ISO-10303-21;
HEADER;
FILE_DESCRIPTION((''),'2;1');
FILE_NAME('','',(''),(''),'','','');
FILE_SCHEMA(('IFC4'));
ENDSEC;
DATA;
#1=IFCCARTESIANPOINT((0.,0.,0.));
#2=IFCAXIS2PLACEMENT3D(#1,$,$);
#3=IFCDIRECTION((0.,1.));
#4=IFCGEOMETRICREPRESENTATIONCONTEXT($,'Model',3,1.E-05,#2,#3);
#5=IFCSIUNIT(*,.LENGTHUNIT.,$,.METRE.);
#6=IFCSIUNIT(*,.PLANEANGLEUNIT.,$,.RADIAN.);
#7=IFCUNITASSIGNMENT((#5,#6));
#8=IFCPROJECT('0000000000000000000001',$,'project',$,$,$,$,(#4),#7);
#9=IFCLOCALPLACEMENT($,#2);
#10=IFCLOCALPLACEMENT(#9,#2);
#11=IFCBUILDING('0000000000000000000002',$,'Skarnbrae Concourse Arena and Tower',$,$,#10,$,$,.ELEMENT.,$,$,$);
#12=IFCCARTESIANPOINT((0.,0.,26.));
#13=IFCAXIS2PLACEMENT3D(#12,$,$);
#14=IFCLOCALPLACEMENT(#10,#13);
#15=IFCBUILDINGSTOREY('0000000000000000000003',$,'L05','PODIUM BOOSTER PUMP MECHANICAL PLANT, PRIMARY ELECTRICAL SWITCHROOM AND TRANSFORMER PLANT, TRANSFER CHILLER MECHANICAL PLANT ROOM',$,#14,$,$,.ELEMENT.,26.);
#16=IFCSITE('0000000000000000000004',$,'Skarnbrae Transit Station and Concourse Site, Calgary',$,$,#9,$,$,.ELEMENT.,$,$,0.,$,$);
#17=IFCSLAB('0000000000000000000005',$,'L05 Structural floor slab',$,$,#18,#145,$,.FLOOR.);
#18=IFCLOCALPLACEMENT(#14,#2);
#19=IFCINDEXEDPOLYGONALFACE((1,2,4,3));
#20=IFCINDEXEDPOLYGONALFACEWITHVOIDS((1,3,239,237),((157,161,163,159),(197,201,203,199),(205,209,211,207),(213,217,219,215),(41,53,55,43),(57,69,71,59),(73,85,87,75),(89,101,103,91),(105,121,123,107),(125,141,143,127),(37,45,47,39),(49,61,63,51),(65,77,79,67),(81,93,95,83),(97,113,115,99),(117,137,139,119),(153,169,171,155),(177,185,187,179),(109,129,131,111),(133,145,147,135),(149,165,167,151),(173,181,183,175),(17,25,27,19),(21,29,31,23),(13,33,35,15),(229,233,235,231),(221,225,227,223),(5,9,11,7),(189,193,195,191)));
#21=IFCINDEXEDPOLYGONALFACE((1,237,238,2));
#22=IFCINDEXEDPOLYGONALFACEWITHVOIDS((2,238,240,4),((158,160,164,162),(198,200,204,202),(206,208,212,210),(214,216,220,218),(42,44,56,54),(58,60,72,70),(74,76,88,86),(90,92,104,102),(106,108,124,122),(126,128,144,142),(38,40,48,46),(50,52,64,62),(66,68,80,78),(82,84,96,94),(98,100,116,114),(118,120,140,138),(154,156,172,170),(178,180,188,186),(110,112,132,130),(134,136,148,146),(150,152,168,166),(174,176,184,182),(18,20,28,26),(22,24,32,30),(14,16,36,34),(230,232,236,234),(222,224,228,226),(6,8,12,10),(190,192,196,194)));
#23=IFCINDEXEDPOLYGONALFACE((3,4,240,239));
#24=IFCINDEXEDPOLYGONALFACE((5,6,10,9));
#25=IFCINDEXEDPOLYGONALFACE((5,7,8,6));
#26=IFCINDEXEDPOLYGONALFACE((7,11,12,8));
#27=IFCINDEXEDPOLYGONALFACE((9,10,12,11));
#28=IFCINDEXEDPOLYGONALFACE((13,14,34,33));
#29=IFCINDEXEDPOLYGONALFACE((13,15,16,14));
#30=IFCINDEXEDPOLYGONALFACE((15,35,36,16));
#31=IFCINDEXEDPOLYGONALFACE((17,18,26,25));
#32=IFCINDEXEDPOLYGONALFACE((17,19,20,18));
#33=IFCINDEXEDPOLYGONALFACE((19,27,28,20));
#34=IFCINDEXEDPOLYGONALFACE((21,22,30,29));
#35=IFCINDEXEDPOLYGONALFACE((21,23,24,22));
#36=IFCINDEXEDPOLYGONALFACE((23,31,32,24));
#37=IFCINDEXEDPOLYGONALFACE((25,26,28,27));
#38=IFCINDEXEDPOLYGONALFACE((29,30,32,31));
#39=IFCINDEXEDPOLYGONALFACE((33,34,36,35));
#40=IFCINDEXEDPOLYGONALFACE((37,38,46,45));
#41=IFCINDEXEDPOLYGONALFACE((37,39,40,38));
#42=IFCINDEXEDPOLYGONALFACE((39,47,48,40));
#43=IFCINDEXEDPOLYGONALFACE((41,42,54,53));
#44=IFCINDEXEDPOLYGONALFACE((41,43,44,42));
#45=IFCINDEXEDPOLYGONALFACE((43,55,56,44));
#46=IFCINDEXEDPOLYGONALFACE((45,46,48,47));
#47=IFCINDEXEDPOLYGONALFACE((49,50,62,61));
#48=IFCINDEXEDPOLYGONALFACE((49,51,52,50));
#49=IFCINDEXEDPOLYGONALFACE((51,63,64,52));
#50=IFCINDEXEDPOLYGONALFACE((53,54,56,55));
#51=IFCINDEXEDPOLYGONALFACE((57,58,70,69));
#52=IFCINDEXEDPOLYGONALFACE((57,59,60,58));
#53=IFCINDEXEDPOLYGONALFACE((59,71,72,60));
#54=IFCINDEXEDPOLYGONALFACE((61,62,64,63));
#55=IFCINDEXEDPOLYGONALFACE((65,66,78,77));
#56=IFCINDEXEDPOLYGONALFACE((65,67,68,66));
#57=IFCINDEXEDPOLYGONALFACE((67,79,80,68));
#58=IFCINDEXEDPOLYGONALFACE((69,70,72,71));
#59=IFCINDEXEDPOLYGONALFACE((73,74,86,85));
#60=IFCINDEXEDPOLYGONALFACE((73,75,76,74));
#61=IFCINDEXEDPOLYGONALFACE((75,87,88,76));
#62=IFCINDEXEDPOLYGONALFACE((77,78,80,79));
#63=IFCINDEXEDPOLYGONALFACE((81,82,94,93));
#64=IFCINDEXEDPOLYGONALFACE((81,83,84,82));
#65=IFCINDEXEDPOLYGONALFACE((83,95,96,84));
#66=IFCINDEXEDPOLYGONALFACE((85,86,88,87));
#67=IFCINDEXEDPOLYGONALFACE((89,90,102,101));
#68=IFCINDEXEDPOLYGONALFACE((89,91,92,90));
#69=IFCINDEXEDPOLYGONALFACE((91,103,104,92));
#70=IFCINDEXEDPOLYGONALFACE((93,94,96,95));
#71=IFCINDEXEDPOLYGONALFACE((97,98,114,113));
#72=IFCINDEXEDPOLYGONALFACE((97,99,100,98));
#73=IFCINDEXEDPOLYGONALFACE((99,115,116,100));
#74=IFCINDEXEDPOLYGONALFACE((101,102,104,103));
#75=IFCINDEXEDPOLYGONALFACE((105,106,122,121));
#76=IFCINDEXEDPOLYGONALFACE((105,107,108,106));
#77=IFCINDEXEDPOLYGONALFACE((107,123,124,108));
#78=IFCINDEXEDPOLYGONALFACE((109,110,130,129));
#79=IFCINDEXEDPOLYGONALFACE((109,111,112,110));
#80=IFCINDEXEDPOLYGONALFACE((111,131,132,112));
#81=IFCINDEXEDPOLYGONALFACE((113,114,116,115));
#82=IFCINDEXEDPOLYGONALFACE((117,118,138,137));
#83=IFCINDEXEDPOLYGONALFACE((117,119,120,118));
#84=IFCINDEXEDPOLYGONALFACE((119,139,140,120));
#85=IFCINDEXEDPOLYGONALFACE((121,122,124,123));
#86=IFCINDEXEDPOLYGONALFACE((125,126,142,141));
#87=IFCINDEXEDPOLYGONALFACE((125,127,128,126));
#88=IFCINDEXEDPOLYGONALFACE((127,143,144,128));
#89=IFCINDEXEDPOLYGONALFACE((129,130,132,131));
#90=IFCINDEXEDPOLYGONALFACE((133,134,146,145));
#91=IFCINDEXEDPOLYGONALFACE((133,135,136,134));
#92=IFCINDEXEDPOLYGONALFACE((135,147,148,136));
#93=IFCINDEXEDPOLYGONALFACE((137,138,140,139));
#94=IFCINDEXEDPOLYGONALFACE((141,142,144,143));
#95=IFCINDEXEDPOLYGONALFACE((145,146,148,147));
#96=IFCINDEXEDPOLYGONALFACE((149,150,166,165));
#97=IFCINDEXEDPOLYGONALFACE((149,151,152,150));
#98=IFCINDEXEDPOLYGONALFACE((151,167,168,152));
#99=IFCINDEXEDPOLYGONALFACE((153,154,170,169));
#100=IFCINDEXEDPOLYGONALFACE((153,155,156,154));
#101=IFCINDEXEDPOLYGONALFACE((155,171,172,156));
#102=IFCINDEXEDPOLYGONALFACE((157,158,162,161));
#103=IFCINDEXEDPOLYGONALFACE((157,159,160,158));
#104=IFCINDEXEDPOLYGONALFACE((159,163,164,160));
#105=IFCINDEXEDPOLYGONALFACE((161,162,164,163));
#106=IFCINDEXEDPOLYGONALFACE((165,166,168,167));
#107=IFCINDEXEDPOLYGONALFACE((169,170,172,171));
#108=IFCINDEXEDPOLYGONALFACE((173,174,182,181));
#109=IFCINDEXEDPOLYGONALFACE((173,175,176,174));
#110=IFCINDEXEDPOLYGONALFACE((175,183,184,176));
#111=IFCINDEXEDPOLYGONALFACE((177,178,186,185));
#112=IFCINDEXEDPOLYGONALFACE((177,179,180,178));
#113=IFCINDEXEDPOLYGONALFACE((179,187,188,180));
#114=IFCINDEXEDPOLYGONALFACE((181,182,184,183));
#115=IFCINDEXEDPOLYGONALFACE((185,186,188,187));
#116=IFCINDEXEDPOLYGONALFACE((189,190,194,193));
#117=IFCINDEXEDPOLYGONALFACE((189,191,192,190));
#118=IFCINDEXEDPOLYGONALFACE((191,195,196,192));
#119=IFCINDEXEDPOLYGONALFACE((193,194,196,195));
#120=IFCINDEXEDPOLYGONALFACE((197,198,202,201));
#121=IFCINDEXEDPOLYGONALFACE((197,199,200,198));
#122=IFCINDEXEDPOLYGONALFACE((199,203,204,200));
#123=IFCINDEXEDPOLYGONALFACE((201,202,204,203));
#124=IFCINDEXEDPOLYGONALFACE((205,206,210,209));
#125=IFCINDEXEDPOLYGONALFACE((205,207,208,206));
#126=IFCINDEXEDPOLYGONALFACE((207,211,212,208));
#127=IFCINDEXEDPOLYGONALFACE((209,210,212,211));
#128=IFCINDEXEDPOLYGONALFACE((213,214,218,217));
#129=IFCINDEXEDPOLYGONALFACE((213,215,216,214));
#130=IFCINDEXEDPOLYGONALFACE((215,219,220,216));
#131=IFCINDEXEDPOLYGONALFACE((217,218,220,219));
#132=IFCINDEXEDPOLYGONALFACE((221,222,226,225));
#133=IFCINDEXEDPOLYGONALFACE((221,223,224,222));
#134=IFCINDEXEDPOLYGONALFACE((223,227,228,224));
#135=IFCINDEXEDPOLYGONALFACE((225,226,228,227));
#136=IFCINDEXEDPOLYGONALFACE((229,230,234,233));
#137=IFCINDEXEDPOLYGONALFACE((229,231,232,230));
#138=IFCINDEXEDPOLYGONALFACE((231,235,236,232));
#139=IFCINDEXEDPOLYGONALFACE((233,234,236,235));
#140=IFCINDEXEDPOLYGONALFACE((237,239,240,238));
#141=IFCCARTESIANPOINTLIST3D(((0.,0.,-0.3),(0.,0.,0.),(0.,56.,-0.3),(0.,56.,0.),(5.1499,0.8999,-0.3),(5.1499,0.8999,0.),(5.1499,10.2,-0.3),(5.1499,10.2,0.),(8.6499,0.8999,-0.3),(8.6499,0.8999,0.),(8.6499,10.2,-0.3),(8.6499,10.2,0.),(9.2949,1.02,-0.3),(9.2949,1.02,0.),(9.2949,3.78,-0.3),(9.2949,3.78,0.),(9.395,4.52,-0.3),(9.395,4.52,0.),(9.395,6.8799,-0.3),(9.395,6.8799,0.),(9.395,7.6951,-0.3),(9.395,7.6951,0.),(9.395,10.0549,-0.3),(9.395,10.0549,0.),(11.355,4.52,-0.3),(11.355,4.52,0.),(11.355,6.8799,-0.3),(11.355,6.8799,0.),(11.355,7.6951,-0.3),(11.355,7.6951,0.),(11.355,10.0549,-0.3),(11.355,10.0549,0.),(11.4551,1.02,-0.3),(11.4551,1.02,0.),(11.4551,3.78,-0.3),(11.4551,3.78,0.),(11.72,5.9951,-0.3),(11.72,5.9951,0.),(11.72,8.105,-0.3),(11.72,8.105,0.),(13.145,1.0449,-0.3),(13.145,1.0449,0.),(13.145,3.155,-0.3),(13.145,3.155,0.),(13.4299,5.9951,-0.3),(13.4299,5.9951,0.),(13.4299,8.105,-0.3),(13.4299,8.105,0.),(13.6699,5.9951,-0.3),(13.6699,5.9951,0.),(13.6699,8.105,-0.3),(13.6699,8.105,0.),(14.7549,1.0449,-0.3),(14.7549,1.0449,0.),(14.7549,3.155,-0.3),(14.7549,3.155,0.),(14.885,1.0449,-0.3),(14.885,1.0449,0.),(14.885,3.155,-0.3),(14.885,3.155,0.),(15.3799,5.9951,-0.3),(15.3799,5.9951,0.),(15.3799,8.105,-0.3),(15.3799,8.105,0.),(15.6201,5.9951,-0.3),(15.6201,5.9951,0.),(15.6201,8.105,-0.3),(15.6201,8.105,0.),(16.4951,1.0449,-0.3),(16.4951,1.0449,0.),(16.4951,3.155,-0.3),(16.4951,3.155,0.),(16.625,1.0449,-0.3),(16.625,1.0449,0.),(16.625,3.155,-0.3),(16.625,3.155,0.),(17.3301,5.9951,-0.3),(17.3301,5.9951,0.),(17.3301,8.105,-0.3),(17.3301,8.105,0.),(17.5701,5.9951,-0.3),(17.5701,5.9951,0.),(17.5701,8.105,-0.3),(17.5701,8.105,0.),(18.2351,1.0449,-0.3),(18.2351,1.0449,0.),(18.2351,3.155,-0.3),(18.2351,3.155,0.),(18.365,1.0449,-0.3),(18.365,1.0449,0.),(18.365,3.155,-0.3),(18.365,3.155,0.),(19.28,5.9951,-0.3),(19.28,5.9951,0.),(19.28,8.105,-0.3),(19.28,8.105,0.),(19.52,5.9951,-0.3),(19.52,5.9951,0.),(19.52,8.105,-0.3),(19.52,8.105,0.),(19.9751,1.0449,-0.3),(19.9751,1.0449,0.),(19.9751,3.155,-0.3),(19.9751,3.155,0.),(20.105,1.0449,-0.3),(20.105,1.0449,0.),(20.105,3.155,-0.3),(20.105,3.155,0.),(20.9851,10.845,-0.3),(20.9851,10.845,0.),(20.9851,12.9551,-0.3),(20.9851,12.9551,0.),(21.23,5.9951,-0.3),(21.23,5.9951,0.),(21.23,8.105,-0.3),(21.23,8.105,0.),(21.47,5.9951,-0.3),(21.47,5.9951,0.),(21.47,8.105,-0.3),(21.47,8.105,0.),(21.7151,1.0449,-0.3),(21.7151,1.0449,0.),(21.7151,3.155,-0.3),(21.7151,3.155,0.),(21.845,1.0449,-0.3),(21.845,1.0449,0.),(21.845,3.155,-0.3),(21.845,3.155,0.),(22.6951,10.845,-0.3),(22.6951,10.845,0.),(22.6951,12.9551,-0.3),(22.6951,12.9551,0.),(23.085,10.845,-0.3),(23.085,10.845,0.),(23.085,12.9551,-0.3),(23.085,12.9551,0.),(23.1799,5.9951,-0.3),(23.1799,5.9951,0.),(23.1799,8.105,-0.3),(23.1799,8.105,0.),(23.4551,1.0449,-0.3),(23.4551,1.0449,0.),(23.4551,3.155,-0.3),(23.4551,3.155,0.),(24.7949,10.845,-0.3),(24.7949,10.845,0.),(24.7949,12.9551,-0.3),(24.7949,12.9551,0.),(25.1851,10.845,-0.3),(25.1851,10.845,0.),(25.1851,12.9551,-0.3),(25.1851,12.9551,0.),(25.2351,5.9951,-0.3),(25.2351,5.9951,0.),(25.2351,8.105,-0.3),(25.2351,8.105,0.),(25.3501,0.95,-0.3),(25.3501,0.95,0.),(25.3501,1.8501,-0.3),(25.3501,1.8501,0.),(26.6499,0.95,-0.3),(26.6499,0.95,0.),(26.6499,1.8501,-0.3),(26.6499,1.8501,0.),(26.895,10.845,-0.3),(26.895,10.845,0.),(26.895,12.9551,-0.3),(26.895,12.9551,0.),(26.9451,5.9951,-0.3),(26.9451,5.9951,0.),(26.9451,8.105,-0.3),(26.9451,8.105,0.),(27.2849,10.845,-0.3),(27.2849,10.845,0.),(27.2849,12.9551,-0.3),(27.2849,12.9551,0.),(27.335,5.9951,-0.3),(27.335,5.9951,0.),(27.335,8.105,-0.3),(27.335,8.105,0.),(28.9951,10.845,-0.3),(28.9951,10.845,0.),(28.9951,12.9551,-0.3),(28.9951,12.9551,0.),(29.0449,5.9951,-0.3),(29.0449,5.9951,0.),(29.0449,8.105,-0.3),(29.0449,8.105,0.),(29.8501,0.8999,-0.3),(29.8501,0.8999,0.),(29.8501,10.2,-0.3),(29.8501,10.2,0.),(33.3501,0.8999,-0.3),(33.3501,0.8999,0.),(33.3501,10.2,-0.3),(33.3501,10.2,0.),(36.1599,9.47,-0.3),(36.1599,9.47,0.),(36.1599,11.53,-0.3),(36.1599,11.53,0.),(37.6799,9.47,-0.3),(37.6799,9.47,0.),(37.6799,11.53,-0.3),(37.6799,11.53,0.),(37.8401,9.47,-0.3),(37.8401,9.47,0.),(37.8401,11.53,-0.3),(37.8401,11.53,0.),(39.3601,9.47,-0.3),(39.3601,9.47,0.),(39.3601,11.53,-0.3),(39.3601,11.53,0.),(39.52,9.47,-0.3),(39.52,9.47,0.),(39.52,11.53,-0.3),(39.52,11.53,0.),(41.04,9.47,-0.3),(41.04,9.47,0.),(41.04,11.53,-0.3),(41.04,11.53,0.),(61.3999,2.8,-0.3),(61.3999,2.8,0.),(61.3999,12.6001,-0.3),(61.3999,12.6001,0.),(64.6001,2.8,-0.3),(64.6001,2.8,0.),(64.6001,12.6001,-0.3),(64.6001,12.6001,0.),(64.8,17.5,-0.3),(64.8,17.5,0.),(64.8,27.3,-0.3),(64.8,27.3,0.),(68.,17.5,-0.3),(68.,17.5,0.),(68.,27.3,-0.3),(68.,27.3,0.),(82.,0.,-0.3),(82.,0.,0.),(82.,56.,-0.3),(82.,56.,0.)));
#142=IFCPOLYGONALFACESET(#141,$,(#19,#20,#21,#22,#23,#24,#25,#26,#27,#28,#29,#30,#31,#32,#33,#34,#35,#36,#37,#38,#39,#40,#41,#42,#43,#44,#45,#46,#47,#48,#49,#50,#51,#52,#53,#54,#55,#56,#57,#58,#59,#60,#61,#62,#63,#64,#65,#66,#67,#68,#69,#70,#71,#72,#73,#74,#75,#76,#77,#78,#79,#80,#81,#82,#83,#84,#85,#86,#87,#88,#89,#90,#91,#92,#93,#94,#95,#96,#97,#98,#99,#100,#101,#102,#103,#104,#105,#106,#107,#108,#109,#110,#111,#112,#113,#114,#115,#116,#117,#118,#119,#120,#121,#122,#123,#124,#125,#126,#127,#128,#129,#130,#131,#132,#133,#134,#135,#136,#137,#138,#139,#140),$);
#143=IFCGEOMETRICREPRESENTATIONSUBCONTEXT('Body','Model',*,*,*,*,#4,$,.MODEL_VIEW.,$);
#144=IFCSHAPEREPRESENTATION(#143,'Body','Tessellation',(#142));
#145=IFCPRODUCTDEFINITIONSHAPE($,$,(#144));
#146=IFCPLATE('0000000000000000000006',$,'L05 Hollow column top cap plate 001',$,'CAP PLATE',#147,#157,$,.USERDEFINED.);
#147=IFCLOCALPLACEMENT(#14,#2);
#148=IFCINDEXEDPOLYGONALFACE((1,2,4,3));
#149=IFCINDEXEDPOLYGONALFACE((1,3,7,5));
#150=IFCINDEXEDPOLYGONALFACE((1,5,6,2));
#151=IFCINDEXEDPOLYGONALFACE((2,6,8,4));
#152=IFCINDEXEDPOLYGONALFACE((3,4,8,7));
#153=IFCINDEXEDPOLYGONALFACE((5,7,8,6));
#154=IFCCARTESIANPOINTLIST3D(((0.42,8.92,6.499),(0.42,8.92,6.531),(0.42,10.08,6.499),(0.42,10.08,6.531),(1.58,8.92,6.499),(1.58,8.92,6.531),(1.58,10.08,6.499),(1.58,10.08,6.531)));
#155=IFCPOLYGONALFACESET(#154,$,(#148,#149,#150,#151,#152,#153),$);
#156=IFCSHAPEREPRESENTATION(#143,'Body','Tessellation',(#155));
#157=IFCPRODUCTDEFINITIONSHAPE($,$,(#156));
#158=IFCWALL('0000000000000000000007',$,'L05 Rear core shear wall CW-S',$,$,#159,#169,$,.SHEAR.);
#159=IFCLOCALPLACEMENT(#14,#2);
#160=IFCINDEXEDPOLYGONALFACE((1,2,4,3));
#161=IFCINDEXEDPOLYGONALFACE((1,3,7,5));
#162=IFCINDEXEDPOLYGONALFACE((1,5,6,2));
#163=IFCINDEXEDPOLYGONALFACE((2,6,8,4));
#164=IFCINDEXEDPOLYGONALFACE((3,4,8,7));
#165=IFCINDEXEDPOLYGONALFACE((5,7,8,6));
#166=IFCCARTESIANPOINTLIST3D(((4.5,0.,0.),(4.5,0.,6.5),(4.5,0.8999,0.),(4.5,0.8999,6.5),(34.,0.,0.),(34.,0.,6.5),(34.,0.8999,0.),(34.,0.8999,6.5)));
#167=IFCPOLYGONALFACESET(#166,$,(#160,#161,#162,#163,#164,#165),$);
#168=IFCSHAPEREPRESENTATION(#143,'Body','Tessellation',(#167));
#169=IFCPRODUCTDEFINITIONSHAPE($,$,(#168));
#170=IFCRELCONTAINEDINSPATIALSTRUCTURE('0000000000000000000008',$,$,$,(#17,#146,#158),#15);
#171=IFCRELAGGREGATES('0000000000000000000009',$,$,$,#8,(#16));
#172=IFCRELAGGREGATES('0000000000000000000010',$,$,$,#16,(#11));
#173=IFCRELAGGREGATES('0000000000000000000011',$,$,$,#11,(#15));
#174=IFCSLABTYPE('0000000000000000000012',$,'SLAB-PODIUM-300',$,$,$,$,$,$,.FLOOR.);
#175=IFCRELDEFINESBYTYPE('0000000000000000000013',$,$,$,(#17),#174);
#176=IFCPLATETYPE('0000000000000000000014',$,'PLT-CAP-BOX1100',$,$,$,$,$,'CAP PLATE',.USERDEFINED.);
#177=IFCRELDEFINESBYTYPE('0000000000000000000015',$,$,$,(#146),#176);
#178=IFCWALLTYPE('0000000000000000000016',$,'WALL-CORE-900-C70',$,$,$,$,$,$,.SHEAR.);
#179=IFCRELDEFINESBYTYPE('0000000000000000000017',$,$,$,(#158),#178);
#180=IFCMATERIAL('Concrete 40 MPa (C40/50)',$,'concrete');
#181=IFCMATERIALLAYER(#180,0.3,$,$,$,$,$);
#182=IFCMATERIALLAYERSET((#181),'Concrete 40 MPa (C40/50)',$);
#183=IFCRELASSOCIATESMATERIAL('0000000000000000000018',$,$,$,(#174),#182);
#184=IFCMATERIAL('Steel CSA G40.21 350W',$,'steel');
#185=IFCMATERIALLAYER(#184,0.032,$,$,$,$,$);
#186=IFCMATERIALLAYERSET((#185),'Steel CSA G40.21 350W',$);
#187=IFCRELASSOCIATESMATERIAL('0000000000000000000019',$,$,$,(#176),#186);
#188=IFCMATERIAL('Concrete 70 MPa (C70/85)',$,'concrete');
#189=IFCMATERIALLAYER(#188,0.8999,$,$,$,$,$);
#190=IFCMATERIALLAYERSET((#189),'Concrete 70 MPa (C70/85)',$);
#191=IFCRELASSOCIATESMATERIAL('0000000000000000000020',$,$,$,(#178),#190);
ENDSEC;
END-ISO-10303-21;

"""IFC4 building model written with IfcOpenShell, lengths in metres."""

from ifc_helpers import new_model, si_unit, direction, frame, frame_2d, origin, origin_2d, place, context, subcontext, project, spatial, polyline, rectangle, outline, extrude, source, transform, mapped, material, layer, layer_set, type_object, element, save


model = new_model("IFC4")

# Units and contexts
model_context = context("Model", 3, precision=1e-05, world=origin(), true_north=direction((0.0, 1.0)))
body_context = subcontext(model_context, "Body", "Model", "MODEL_VIEW")
ifc_project = project(units=[si_unit("LENGTHUNIT", "METRE"), si_unit("PLANEANGLEUNIT", "RADIAN")], contexts=[model_context])

# Site, building, storey
site_placement = place(None, origin())
site = spatial("IfcSite", under=ifc_project, at=site_placement, Name="Skarnbrae Transit Station and Concourse Site, Calgary", CompositionType="ELEMENT", RefElevation=0.0)
building_placement = place(site_placement, origin())
building = spatial("IfcBuilding", under=site, at=building_placement, Name="Skarnbrae Concourse Arena and Tower", CompositionType="ELEMENT")
storey_placement = place(building_placement, frame((0.0, 0.0, 26.0)))
storey = spatial("IfcBuildingStorey", under=building, at=storey_placement, Name="L05", Description="PODIUM BOOSTER PUMP MECHANICAL PLANT, PRIMARY ELECTRICAL SWITCHROOM AND TRANSFORMER PLANT, TRANSFER CHILLER MECHANICAL PLANT ROOM", CompositionType="ELEMENT", Elevation=26.0)

# Shared definitions
ifc_material_1 = material(Name="Steel CSA G40.21 350W", Category="steel")

# Shared definitions
ifc_material_2 = material(Name="Concrete 40 MPa (C40/50)", Category="concrete")

# Slab
ifc_layer_1 = layer(ifc_material_2, 0.3)
ifc_layer_set_1 = layer_set([ifc_layer_1], Name="Concrete 40 MPa (C40/50)")
slab_type_1 = type_object("IfcSlabType", Name="SLAB-PODIUM-300", PredefinedType="FLOOR", material=ifc_layer_set_1)
slab_1_placement = place(storey_placement, frame((0.0, 0.0, -0.3)))
element("IfcSlab", 1, at=slab_1_placement, inside=storey, type_object=slab_type_1, Name="L05 Structural floor slab", PredefinedType="FLOOR", context=body_context, shape_type="SweptSolid", body=[
    extrude(outline(polyline([(0.0, 0.0), (82.0, 0.0), (82.0, 56.0), (0.0, 56.0), (0.0, 0.0)]), holes=[polyline([(13.145, 3.155), (14.7549, 3.155), (14.7549, 1.0449), (13.145, 1.0449), (13.145, 3.155)]), polyline([(16.4951, 3.155), (16.4951, 1.0449), (14.885, 1.0449), (14.885, 3.155), (16.4951, 3.155)]), polyline([(18.2351, 3.155), (18.2351, 1.0449), (16.625, 1.0449), (16.625, 3.155), (18.2351, 3.155)]), polyline([(19.9751, 3.155), (19.9751, 1.0449), (18.365, 1.0449), (18.365, 3.155), (19.9751, 3.155)]), polyline([(21.7151, 3.155), (21.7151, 1.0449), (20.105, 1.0449), (20.105, 3.155), (21.7151, 3.155)]), polyline([(11.4551, 3.78), (11.4551, 1.02), (9.2949, 1.02), (9.2949, 3.78), (11.4551, 3.78)]), polyline([(8.6499, 0.8999), (5.1499, 0.8999), (5.1499, 10.2), (8.6499, 10.2), (8.6499, 0.8999)]), polyline([(9.395, 6.8799), (11.355, 6.8799), (11.355, 4.52), (9.395, 4.52), (9.395, 6.8799)]), polyline([(13.4299, 8.105), (13.4299, 5.9951), (11.72, 5.9951), (11.72, 8.105), (13.4299, 8.105)]), polyline([(15.3799, 8.105), (15.3799, 5.9951), (13.6699, 5.9951), (13.6699, 8.105), (15.3799, 8.105)]), polyline([(17.3301, 8.105), (17.3301, 5.9951), (15.6201, 5.9951), (15.6201, 8.105), (17.3301, 8.105)]), polyline([(19.28, 8.105), (19.28, 5.9951), (17.5701, 5.9951), (17.5701, 8.105), (19.28, 8.105)]), polyline([(21.23, 8.105), (21.23, 5.9951), (19.52, 5.9951), (19.52, 8.105), (21.23, 8.105)]), polyline([(11.355, 10.0549), (11.355, 7.6951), (9.395, 7.6951), (9.395, 10.0549), (11.355, 10.0549)]), polyline([(20.9851, 12.9551), (22.6951, 12.9551), (22.6951, 10.845), (20.9851, 10.845), (20.9851, 12.9551)]), polyline([(26.6499, 1.8501), (26.6499, 0.95), (25.3501, 0.95), (25.3501, 1.8501), (26.6499, 1.8501)]), polyline([(23.4551, 3.155), (23.4551, 1.0449), (21.845, 1.0449), (21.845, 3.155), (23.4551, 3.155)]), polyline([(33.3501, 0.8999), (29.8501, 0.8999), (29.8501, 10.2), (33.3501, 10.2), (33.3501, 0.8999)]), polyline([(23.1799, 8.105), (23.1799, 5.9951), (21.47, 5.9951), (21.47, 8.105), (23.1799, 8.105)]), polyline([(26.9451, 8.105), (26.9451, 5.9951), (25.2351, 5.9951), (25.2351, 8.105), (26.9451, 8.105)]), polyline([(29.0449, 8.105), (29.0449, 5.9951), (27.335, 5.9951), (27.335, 8.105), (29.0449, 8.105)]), polyline([(61.3999, 12.6001), (64.6001, 12.6001), (64.6001, 2.8), (61.3999, 2.8), (61.3999, 12.6001)]), polyline([(37.6799, 11.53), (37.6799, 9.47), (36.1599, 9.47), (36.1599, 11.53), (37.6799, 11.53)]), polyline([(39.3601, 11.53), (39.3601, 9.47), (37.8401, 9.47), (37.8401, 11.53), (39.3601, 11.53)]), polyline([(41.04, 11.53), (41.04, 9.47), (39.52, 9.47), (39.52, 11.53), (41.04, 11.53)]), polyline([(24.7949, 12.9551), (24.7949, 10.845), (23.085, 10.845), (23.085, 12.9551), (24.7949, 12.9551)]), polyline([(26.895, 12.9551), (26.895, 10.845), (25.1851, 10.845), (25.1851, 12.9551), (26.895, 12.9551)]), polyline([(28.9951, 12.9551), (28.9951, 10.845), (27.2849, 10.845), (27.2849, 12.9551), (28.9951, 12.9551)]), polyline([(64.8, 27.3), (68.0, 27.3), (68.0, 17.5), (64.8, 17.5), (64.8, 27.3)])]), origin(), (0.0, 0.0, 1.0), 0.3),
])

# Plate
ifc_layer_2 = layer(ifc_material_1, 0.032)
ifc_layer_set_2 = layer_set([ifc_layer_2], Name="Steel CSA G40.21 350W")
plate_type = type_object("IfcPlateType", Name="PLT-CAP-BOX1100", ElementType="CAP PLATE", PredefinedType="USERDEFINED", material=ifc_layer_set_2)
shared_shape_1 = source(origin(), body_context, "Body", "SweptSolid", [
    extrude(rectangle(XDim=1.1599, YDim=1.1599, at=origin_2d()), origin(), (0.0, 0.0, 1.0), 0.032),
])
plate_placement = place(storey_placement, frame((1.0, 9.5, 6.499), z_axis=(0.0, 0.0, 1.0), x_axis=(1.0, 0.0, 0.0)))
element("IfcPlate", 2, at=plate_placement, inside=storey, type_object=plate_type, Name="L05 Hollow column top cap plate 001", ObjectType="CAP PLATE", PredefinedType="USERDEFINED", context=body_context, shape_type="MappedRepresentation", body=[
    mapped(shared_shape_1, transform((0.0, 0.0, 0.0))),
])

# Wall
ifc_material_3 = material(Name="Concrete 70 MPa (C70/85)", Category="concrete")
ifc_layer_3 = layer(ifc_material_3, 0.8999)
ifc_layer_set_3 = layer_set([ifc_layer_3], Name="Concrete 70 MPa (C70/85)")
wall_type_1 = type_object("IfcWallType", Name="WALL-CORE-900-C70", PredefinedType="SHEAR", material=ifc_layer_set_3)
shared_shape_2 = source(origin(), body_context, "Body", "SweptSolid", [
    extrude(rectangle(XDim=29.5, YDim=0.8999, at=frame_2d((14.75, 0.0))), origin(), (0.0, 0.0, 1.0), 6.5),
])
wall_1_placement = place(storey_placement, frame((4.5, 0.45, 0.0), z_axis=(0.0, 0.0, 1.0), x_axis=(1.0, 0.0, 0.0)))
element("IfcWall", 3, at=wall_1_placement, inside=storey, type_object=wall_type_1, Name="L05 Rear core shear wall CW-S", PredefinedType="SHEAR", context=body_context, shape_type="MappedRepresentation", body=[
    mapped(shared_shape_2, transform((0.0, 0.0, 0.0))),
])

save(model, "model.ifc")
